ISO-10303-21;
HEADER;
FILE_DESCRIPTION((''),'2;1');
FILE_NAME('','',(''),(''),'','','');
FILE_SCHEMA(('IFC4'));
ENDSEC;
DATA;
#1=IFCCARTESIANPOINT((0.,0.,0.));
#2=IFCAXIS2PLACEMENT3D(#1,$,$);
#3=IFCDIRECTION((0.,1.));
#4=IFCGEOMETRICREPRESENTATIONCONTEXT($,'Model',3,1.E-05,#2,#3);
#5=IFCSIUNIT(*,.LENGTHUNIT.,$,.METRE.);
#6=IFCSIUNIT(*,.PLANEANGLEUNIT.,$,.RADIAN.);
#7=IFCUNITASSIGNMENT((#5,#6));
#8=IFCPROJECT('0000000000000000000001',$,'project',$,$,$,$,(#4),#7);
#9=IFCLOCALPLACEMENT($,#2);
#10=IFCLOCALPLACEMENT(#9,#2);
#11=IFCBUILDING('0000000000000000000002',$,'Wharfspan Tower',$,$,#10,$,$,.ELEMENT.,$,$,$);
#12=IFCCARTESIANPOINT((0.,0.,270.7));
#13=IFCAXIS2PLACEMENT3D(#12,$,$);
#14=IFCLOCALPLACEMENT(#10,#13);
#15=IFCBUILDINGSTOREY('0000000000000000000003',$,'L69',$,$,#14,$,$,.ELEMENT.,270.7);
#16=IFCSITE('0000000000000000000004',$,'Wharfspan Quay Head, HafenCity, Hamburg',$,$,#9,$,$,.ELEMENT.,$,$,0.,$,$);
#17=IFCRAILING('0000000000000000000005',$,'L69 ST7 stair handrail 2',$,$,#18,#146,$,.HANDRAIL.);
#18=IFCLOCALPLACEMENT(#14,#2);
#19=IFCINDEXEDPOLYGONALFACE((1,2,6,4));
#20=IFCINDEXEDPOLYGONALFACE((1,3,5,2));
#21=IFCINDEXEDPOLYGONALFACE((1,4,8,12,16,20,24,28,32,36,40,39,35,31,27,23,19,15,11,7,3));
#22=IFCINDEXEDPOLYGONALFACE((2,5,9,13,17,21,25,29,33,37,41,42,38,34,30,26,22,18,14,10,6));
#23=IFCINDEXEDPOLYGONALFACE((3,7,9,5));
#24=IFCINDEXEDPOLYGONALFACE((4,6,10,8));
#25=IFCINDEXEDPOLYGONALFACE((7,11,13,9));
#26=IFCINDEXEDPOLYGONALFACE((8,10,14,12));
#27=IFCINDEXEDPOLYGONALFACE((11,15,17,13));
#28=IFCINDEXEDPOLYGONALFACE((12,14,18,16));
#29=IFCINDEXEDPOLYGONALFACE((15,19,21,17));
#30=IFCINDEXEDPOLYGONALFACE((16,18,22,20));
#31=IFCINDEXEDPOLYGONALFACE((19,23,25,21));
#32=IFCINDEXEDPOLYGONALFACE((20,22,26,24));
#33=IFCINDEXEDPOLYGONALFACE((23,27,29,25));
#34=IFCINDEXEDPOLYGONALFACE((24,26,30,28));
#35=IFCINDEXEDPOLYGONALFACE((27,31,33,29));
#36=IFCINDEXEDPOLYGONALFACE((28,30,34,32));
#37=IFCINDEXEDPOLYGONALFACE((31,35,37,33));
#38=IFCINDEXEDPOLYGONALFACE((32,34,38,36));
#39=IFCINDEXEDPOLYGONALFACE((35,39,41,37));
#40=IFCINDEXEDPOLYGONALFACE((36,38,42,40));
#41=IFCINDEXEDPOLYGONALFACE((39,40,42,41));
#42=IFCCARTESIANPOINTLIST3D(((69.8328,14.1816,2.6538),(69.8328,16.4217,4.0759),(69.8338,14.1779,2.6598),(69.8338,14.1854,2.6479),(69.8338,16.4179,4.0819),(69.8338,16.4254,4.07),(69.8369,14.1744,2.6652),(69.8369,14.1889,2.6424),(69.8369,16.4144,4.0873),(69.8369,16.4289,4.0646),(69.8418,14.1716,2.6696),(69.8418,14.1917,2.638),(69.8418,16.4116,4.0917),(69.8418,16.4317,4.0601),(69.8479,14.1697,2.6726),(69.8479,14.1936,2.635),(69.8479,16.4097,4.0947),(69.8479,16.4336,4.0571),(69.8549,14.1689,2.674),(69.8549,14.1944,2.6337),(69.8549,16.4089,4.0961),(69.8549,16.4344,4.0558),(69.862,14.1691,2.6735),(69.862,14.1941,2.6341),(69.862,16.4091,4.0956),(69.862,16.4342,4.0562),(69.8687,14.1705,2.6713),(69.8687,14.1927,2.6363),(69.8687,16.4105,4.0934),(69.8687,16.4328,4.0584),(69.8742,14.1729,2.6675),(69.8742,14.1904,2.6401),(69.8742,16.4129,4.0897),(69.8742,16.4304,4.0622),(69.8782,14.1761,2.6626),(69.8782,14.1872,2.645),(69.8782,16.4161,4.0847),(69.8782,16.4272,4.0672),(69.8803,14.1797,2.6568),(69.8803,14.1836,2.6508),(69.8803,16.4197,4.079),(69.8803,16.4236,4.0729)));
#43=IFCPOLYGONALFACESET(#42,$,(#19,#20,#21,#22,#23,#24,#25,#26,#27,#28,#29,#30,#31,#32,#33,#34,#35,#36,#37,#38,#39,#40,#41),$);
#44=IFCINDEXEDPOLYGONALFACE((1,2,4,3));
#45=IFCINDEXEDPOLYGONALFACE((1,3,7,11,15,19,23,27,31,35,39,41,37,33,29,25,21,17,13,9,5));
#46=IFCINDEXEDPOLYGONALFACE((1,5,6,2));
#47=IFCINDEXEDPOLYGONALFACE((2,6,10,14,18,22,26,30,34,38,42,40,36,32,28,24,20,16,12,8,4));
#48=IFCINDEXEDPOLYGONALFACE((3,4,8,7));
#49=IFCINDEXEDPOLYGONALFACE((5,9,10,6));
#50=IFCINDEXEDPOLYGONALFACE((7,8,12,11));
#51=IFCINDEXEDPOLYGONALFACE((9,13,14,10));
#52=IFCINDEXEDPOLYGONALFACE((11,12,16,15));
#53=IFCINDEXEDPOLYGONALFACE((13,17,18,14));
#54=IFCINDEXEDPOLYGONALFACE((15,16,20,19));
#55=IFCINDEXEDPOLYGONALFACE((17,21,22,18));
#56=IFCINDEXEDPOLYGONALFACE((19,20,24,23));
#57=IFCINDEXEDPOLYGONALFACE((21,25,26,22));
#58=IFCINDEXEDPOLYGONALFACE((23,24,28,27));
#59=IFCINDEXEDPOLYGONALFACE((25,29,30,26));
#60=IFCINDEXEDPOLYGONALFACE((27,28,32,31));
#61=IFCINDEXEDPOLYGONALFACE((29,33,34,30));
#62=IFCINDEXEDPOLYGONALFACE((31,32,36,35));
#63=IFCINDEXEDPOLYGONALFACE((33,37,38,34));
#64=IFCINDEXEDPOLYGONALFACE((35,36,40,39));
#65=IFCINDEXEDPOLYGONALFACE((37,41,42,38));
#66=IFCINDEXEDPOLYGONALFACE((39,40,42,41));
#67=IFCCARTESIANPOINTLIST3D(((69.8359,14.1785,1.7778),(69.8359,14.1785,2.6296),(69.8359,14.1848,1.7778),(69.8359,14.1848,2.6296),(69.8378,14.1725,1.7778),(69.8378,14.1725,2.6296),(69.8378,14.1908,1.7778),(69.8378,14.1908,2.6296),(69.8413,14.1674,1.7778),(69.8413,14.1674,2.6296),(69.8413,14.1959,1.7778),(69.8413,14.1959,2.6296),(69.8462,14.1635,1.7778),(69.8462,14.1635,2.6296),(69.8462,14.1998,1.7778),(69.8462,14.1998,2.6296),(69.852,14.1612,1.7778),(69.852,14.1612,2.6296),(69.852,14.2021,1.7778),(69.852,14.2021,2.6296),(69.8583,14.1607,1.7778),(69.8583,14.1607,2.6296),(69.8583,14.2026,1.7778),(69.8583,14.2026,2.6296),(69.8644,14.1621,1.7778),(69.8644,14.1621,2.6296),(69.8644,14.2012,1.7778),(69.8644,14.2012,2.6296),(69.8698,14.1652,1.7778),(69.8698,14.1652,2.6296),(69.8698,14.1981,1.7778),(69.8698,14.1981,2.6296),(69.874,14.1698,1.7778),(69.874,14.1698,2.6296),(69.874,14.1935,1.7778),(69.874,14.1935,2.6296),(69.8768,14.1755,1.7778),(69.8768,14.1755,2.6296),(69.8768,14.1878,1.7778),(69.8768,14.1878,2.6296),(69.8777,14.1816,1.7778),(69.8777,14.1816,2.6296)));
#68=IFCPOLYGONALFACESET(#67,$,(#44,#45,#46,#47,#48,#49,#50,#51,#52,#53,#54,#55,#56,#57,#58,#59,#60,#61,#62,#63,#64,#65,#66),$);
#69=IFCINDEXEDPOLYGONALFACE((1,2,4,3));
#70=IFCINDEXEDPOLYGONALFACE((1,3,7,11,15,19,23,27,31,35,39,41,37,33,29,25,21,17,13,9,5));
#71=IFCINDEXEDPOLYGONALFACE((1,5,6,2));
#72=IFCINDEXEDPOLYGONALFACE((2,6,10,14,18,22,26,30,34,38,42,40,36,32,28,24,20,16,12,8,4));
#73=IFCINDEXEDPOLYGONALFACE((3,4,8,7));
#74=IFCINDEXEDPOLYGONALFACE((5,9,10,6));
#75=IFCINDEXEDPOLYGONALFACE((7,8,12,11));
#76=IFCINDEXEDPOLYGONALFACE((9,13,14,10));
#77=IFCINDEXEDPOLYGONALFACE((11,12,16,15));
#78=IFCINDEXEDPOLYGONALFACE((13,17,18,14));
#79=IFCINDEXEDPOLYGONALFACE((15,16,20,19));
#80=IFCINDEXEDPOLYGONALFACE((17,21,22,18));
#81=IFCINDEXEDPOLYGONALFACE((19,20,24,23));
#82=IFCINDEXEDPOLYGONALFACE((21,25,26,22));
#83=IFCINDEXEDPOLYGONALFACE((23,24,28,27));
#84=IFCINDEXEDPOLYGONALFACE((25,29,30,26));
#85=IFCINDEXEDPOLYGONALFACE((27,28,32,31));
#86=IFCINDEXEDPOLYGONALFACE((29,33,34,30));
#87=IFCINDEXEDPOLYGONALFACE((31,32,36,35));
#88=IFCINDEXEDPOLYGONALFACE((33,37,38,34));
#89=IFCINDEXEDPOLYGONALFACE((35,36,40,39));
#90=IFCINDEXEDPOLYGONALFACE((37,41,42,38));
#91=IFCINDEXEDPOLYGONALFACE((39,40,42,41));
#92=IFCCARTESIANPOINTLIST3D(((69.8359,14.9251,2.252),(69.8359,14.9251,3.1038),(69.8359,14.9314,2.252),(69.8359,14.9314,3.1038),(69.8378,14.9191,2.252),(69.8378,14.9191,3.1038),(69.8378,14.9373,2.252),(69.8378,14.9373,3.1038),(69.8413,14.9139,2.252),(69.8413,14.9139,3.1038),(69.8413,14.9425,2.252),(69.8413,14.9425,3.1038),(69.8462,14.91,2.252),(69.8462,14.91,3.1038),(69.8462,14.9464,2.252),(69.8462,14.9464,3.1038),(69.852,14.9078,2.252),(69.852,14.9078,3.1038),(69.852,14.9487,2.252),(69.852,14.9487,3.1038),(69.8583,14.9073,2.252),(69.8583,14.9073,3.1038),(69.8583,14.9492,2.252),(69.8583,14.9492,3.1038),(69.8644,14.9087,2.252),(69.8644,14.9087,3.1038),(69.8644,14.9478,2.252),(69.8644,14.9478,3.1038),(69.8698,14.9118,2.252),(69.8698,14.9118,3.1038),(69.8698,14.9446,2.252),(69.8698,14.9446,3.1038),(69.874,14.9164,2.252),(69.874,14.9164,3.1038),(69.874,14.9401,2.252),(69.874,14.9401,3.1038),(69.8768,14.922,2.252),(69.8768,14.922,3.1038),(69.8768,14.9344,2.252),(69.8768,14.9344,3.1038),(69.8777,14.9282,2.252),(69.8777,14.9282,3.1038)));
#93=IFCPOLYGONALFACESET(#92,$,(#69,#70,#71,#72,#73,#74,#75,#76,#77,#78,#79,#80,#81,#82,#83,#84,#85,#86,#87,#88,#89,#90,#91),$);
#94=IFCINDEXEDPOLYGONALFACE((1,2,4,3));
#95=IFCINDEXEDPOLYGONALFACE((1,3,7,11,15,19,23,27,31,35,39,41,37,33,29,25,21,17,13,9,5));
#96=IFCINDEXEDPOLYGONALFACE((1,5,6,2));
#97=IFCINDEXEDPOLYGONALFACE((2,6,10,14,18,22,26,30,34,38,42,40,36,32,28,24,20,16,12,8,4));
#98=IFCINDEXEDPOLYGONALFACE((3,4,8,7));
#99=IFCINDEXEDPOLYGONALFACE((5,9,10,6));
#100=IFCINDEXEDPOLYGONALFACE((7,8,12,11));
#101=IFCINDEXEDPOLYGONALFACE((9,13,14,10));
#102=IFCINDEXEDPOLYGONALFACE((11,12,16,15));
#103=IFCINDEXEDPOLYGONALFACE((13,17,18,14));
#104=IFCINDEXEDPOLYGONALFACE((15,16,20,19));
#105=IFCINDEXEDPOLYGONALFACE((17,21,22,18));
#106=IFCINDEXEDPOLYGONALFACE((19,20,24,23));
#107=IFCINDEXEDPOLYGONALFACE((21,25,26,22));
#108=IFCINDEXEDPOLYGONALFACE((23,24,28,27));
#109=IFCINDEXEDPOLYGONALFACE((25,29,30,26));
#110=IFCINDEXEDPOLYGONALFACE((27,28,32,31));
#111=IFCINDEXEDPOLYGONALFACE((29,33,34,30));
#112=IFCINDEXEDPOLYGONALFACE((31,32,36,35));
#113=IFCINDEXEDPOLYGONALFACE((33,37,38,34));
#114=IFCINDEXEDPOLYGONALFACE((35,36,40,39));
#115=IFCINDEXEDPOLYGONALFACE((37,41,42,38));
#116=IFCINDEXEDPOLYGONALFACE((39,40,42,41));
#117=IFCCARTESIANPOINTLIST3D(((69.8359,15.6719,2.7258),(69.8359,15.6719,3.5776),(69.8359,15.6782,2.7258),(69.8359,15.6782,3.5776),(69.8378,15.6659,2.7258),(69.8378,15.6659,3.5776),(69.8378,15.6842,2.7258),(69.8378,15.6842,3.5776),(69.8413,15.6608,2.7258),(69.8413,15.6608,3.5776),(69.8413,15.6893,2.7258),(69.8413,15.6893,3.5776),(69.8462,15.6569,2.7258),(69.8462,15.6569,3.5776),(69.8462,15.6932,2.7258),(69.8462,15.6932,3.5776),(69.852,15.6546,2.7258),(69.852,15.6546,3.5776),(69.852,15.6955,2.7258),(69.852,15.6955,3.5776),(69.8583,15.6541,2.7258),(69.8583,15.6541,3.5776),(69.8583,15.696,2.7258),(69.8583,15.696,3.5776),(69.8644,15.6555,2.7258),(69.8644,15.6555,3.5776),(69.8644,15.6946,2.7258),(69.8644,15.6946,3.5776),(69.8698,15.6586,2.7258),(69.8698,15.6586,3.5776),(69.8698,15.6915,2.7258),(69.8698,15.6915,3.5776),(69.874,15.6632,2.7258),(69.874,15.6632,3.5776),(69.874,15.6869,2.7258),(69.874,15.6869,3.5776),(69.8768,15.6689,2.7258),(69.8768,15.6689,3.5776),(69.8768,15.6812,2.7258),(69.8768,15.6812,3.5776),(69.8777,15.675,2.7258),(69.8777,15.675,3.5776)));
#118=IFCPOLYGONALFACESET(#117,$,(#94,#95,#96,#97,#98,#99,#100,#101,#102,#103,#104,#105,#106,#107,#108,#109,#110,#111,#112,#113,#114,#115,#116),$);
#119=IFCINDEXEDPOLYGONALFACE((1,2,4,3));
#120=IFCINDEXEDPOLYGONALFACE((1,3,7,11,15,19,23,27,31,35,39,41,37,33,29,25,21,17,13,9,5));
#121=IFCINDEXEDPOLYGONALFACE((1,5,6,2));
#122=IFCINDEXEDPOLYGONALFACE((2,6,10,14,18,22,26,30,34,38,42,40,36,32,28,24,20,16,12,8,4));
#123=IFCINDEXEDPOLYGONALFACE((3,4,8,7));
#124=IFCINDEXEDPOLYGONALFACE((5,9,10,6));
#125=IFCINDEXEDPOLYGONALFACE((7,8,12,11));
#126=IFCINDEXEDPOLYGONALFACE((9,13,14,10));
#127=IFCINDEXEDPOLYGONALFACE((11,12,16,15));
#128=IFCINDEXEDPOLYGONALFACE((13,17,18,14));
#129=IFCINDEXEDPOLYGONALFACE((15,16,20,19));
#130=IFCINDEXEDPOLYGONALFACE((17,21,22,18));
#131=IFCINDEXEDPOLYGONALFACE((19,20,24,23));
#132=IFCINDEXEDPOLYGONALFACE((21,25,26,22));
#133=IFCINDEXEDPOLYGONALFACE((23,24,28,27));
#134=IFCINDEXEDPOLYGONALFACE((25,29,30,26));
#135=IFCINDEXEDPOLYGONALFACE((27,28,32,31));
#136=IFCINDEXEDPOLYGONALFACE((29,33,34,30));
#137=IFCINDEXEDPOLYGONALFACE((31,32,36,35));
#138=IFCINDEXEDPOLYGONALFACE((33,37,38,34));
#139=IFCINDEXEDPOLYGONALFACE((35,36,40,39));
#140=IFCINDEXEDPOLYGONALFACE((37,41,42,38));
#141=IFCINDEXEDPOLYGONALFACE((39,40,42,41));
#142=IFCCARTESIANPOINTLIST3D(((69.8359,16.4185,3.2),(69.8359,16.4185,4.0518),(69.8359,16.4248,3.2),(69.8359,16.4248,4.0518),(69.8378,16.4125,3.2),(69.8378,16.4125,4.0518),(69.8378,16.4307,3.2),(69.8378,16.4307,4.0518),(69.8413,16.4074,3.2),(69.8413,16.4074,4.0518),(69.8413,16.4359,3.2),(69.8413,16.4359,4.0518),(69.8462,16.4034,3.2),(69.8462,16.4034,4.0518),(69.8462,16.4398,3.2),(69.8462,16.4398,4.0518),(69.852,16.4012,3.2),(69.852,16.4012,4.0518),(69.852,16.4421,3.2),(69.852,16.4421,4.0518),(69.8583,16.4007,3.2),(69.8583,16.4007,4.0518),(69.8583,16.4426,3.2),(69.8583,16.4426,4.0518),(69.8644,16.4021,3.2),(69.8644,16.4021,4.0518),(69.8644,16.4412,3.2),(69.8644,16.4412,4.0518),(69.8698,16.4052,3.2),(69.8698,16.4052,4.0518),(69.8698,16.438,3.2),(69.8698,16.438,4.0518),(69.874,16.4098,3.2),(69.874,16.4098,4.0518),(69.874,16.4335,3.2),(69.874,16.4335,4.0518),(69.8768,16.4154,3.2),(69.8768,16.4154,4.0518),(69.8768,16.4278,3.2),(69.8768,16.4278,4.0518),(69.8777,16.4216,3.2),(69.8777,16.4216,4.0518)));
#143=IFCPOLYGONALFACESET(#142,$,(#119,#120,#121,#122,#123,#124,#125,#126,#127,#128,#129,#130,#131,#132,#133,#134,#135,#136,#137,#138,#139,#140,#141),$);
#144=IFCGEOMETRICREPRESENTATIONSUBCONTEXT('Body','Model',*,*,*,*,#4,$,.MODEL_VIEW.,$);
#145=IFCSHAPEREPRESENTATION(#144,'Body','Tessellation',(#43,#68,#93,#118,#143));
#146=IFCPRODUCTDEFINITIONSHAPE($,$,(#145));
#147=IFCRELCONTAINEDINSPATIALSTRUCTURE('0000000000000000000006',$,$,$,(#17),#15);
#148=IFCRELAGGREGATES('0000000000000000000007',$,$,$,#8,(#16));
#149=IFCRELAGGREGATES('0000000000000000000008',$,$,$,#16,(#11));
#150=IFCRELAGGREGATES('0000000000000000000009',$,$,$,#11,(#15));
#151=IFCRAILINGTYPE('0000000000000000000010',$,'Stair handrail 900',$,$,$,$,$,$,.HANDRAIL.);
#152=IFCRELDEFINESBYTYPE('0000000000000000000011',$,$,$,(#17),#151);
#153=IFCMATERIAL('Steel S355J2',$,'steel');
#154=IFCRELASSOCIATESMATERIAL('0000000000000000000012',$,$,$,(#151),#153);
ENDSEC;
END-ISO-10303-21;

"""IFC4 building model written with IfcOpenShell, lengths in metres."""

from ifc_helpers import new_model, si_unit, direction, frame, origin, origin_2d, place, context, subcontext, project, spatial, circle, extrude, material, type_object, element, save


model = new_model("IFC4")

# Units and contexts
model_context = context("Model", 3, precision=1e-05, world=origin(), true_north=direction((0.0, 1.0)))
body_context = subcontext(model_context, "Body", "Model", "MODEL_VIEW")
ifc_project = project(units=[si_unit("LENGTHUNIT", "METRE"), si_unit("PLANEANGLEUNIT", "RADIAN")], contexts=[model_context])

# Site, building, storey
site_placement = place(None, origin())
site = spatial("IfcSite", under=ifc_project, at=site_placement, Name="Wharfspan Quay Head, HafenCity, Hamburg", CompositionType="ELEMENT", RefElevation=0.0)
building_placement = place(site_placement, origin())
building = spatial("IfcBuilding", under=site, at=building_placement, Name="Wharfspan Tower", CompositionType="ELEMENT")
storey_placement = place(building_placement, frame((0.0, 0.0, 270.7)))
storey = spatial("IfcBuildingStorey", under=building, at=storey_placement, Name="L69", CompositionType="ELEMENT", Elevation=270.7)

# Shared definitions
ifc_material_1 = material(Name="Steel S355J2", Category="steel")

# Railing
railing_type_1 = type_object("IfcRailingType", Name="Stair handrail 900", PredefinedType="HANDRAIL", material=ifc_material_1)
railing_1_placement = place(storey_placement, frame((69.8567, 14.1816, 1.7778)))
element("IfcRailing", 1, at=railing_1_placement, inside=storey, type_object=railing_type_1, Name="L69 ST7 stair handrail 2", PredefinedType="HANDRAIL", context=body_context, shape_type="SweptSolid", body=[
    extrude(circle(Radius=0.0239, at=origin_2d()), frame((0.0, 0.0, 0.876), z_axis=(0.0, 0.844229, 0.535982), x_axis=(-1.0, 0.0, 0.0)), (0.0, 0.0, 1.0), 2.6533),
    extrude(circle(Radius=0.021, at=origin_2d()), origin(), (0.0, 0.0, 1.0), 0.8518),
    extrude(circle(Radius=0.021, at=origin_2d()), frame((0.0, 0.7466, 0.4741)), (0.0, 0.0, 1.0), 0.8518),
    extrude(circle(Radius=0.021, at=origin_2d()), frame((0.0, 1.4934, 0.948)), (0.0, 0.0, 1.0), 0.8518),
    extrude(circle(Radius=0.021, at=origin_2d()), frame((0.0, 2.24, 1.4221)), (0.0, 0.0, 1.0), 0.8518),
])

save(model, "model.ifc")
